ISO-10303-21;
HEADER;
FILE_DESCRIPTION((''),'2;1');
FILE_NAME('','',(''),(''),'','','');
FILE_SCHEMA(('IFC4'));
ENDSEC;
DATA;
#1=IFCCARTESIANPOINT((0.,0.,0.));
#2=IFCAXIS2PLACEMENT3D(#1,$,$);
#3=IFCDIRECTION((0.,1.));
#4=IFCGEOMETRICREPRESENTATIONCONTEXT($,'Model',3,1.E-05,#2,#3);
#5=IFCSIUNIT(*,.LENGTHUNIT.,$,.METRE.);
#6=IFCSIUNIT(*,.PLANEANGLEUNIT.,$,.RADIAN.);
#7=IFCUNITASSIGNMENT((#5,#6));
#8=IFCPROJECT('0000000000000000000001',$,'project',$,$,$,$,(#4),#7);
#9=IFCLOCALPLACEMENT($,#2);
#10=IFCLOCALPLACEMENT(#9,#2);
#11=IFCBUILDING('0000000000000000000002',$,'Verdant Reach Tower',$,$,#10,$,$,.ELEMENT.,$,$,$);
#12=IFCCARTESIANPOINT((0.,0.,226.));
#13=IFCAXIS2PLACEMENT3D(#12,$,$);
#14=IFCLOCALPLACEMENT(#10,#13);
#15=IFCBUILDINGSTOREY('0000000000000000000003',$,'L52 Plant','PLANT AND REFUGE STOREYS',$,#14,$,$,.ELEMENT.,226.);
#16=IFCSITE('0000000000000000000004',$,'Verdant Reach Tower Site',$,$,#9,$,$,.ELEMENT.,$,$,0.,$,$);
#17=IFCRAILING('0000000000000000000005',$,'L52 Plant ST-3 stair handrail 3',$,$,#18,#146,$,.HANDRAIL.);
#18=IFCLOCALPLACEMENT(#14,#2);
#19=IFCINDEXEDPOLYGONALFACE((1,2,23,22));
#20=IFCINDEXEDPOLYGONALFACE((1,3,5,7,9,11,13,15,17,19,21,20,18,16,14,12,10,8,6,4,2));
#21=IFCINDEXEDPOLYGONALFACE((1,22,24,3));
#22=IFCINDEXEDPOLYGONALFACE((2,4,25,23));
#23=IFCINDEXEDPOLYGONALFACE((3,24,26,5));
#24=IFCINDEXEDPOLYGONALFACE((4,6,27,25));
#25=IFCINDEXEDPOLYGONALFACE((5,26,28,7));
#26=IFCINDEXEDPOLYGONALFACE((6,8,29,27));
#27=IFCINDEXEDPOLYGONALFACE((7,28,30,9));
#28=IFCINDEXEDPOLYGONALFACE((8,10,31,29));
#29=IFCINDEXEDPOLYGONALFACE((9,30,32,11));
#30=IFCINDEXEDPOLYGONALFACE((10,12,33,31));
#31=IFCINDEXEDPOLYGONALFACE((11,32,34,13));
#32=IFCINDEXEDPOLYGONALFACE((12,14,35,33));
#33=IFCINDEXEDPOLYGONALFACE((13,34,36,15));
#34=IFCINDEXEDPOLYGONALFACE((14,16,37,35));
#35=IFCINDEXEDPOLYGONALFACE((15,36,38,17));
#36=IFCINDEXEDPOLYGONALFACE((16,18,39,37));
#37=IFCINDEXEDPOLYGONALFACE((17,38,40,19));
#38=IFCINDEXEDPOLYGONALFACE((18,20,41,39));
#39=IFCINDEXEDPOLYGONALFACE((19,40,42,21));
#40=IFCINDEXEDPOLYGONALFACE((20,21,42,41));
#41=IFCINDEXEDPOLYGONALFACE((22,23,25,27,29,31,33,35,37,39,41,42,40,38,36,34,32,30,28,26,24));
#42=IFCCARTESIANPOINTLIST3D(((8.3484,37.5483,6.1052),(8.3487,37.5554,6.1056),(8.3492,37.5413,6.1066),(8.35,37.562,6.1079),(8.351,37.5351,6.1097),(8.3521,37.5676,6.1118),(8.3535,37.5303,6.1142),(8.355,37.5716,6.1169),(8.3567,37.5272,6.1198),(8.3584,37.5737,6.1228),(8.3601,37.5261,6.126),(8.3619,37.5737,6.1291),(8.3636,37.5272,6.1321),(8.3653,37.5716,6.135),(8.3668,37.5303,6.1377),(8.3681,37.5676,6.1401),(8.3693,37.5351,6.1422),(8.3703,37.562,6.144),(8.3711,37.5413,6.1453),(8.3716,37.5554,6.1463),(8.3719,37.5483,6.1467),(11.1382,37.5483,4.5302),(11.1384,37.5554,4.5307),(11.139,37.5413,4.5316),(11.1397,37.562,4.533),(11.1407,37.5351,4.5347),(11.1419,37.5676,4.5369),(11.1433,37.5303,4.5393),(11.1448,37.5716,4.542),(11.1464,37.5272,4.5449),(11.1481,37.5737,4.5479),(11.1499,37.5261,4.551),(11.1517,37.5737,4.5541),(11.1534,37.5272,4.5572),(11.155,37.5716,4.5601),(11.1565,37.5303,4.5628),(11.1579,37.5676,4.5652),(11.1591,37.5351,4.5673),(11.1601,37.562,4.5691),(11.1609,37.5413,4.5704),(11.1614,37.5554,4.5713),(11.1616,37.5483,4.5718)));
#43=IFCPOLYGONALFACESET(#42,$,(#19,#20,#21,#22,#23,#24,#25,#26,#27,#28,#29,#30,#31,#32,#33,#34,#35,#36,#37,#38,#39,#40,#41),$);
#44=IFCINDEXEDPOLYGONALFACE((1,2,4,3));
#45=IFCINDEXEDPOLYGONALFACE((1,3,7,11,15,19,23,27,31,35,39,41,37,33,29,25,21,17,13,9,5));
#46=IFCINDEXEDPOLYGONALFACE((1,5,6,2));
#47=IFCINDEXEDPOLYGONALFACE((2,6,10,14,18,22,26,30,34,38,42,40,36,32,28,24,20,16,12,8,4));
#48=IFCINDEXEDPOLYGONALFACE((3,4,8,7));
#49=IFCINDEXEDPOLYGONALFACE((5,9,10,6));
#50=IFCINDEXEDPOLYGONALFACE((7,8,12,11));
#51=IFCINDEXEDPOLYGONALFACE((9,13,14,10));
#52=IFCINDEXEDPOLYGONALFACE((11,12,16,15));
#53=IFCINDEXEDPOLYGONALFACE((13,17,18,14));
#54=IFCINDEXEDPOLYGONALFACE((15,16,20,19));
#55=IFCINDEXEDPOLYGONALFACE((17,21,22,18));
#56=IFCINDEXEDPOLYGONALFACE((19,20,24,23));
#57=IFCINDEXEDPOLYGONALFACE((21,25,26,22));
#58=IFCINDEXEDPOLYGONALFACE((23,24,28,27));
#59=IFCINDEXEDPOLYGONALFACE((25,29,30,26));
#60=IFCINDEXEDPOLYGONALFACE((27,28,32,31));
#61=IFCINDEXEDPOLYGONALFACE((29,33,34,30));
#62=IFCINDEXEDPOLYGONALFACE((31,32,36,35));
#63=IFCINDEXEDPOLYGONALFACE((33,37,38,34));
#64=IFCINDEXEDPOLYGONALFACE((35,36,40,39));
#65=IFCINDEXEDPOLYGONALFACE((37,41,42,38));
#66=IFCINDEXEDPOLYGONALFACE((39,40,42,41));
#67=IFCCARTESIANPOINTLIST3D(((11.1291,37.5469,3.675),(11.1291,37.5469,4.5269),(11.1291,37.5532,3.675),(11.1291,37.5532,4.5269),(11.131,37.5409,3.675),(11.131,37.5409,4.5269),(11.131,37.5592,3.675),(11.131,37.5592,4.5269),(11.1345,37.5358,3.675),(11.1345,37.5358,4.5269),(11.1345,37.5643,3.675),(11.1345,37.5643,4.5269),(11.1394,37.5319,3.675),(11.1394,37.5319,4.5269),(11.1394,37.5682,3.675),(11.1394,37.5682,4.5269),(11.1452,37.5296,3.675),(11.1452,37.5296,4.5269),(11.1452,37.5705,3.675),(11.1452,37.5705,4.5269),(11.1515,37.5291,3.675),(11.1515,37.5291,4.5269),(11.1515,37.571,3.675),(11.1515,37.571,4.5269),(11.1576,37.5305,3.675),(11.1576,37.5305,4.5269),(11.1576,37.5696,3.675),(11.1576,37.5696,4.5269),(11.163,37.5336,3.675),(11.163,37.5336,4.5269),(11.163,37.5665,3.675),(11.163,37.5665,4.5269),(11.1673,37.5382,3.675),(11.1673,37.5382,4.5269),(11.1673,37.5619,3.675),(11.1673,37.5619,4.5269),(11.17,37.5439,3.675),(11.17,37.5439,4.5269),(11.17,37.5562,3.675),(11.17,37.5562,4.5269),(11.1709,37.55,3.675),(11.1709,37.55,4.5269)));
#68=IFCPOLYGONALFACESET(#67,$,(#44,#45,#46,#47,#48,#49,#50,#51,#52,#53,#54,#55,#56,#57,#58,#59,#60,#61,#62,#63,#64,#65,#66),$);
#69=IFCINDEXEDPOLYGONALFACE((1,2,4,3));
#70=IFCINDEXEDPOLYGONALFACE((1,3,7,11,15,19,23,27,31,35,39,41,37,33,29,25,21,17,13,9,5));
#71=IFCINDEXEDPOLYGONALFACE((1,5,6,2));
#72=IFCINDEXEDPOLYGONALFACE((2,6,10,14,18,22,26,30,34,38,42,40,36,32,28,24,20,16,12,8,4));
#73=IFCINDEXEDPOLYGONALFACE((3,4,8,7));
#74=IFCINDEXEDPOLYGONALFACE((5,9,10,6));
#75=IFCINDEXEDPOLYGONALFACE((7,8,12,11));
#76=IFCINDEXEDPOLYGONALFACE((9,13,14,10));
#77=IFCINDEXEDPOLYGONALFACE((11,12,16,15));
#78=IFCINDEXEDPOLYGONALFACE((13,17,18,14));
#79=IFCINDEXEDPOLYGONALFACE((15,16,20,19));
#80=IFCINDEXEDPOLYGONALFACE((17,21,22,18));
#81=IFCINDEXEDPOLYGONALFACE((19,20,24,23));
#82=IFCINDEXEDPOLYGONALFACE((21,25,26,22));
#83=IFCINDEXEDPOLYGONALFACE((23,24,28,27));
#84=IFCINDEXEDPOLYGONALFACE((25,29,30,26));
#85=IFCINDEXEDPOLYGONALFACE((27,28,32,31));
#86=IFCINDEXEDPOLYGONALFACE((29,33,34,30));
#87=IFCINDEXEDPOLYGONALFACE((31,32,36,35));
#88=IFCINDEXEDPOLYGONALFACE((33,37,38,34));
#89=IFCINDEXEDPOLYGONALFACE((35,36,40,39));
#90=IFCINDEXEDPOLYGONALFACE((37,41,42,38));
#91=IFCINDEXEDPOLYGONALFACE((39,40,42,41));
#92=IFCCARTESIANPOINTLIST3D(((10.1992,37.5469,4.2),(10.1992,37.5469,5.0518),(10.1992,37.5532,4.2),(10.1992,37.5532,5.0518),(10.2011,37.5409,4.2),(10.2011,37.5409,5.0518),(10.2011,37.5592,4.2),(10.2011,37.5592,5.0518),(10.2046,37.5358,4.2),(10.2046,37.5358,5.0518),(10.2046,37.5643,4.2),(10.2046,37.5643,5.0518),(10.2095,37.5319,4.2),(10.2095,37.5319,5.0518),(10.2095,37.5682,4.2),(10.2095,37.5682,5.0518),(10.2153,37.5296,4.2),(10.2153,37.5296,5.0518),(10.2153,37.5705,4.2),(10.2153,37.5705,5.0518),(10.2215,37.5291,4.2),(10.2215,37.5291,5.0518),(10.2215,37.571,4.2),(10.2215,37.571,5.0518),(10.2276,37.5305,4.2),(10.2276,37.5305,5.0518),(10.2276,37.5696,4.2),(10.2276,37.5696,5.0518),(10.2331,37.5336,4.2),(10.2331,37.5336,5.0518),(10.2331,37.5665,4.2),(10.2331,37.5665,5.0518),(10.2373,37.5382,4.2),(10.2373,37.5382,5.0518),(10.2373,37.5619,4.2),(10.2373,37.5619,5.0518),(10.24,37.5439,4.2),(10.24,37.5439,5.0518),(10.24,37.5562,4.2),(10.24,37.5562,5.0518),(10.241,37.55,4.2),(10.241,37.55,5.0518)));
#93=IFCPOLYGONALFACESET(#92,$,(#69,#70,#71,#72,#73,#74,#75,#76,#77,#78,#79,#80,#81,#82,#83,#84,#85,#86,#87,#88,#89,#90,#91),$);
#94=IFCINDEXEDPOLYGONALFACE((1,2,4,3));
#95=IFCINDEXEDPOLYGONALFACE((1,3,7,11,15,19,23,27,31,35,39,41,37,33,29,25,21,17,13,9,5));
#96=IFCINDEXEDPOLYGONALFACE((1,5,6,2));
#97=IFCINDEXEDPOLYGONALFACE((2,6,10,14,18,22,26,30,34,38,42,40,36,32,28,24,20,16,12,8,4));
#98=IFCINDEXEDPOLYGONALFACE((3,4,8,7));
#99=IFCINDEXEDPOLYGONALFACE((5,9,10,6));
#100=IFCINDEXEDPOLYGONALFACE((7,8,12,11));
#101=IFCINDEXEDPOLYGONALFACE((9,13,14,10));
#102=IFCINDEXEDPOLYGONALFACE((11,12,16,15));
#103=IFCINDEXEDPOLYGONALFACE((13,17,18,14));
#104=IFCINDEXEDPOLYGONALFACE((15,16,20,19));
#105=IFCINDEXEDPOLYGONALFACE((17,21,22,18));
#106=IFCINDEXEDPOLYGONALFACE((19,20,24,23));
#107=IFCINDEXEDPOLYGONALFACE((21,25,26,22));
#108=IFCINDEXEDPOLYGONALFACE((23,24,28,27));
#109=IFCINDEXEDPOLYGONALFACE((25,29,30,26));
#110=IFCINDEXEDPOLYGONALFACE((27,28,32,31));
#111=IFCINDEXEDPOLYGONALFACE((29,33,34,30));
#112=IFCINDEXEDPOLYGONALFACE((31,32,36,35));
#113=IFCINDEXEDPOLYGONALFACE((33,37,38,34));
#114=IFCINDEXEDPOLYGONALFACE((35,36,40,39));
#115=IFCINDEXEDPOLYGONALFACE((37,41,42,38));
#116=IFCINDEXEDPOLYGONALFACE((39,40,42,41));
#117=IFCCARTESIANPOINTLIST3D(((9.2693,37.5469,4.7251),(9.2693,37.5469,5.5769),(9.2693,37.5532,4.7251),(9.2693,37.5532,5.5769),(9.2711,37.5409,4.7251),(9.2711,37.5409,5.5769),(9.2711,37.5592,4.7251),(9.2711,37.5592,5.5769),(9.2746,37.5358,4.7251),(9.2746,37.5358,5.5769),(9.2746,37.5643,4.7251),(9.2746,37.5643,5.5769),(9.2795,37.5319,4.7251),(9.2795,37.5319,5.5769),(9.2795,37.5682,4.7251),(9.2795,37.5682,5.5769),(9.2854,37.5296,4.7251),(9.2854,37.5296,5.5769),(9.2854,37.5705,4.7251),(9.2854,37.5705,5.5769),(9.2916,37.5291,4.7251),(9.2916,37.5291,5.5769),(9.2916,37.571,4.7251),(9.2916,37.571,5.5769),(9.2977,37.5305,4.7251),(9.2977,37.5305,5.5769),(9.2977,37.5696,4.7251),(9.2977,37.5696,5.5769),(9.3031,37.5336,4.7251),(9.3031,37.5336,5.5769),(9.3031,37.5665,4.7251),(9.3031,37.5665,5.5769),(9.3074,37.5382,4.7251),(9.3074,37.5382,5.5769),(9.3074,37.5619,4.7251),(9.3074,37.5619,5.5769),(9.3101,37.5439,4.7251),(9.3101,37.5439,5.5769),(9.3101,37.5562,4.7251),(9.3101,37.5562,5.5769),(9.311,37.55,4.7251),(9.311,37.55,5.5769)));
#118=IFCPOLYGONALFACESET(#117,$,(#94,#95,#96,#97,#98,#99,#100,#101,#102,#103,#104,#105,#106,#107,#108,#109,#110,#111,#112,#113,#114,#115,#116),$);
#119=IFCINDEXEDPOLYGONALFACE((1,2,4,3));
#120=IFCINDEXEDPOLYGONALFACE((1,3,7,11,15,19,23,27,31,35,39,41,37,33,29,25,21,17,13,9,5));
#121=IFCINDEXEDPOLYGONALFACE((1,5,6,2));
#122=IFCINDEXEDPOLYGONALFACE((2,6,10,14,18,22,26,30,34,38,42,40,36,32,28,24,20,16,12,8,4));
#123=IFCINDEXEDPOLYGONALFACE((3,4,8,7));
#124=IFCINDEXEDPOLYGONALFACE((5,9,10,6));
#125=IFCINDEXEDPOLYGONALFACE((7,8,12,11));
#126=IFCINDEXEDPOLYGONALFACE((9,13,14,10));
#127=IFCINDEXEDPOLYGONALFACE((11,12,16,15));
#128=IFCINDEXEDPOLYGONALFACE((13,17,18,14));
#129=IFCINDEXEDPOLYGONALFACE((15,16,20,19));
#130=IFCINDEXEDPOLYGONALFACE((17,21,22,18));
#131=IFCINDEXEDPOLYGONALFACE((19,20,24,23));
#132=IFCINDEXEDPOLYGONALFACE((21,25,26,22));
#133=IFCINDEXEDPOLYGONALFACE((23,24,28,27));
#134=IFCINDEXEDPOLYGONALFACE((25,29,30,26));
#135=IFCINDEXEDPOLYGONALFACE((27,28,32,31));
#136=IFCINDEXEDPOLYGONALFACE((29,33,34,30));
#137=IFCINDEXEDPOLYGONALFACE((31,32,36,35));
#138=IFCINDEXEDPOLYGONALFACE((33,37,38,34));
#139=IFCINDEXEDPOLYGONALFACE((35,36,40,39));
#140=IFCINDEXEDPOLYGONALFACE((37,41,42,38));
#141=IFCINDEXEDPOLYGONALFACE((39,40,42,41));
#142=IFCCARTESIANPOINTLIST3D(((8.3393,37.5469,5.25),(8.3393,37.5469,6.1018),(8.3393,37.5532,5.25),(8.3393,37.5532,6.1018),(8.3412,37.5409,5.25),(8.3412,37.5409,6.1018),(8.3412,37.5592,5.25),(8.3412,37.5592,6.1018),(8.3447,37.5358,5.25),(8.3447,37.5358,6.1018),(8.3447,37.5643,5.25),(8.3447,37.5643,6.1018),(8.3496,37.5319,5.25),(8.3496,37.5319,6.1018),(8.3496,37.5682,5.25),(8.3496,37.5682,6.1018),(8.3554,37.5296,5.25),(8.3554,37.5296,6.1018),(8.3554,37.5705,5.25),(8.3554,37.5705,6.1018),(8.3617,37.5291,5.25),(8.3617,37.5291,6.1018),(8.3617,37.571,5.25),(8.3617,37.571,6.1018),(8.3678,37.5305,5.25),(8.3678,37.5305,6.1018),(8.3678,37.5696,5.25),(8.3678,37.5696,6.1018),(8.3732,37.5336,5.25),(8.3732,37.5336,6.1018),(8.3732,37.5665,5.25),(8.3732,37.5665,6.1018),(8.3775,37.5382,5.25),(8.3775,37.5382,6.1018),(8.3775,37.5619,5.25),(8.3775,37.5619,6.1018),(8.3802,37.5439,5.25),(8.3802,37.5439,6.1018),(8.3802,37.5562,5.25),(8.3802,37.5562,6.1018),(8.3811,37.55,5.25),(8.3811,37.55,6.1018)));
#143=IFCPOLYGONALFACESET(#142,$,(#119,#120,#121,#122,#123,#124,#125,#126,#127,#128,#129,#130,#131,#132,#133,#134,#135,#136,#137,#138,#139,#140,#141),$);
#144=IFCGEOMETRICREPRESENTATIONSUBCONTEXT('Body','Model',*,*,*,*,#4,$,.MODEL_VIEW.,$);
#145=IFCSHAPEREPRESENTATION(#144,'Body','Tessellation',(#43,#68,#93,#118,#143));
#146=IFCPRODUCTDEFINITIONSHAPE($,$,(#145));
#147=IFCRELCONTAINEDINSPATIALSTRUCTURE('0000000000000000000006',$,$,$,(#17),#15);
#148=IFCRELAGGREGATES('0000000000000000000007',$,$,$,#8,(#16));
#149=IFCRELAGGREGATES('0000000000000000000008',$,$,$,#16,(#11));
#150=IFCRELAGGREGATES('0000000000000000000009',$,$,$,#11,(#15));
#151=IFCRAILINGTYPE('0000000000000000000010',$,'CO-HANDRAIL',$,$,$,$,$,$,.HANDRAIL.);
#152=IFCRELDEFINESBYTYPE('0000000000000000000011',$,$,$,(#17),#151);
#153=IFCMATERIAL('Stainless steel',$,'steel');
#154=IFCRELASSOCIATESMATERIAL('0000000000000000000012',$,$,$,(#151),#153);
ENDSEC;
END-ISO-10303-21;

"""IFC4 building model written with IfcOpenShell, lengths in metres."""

from ifc_helpers import new_model, si_unit, direction, frame, origin, origin_2d, place, context, subcontext, project, spatial, circle, extrude, material, type_object, element, save


model = new_model("IFC4")

# Units and contexts
model_context = context("Model", 3, precision=1e-05, world=origin(), true_north=direction((0.0, 1.0)))
body_context = subcontext(model_context, "Body", "Model", "MODEL_VIEW")
ifc_project = project(units=[si_unit("LENGTHUNIT", "METRE"), si_unit("PLANEANGLEUNIT", "RADIAN")], contexts=[model_context])

# Site, building, storey
site_placement = place(None, origin())
site = spatial("IfcSite", under=ifc_project, at=site_placement, Name="Verdant Reach Tower Site", CompositionType="ELEMENT", RefElevation=0.0)
building_placement = place(site_placement, origin())
building = spatial("IfcBuilding", under=site, at=building_placement, Name="Verdant Reach Tower", CompositionType="ELEMENT")
storey_placement = place(building_placement, frame((0.0, 0.0, 226.0)))
storey = spatial("IfcBuildingStorey", under=building, at=storey_placement, Name="L52 Plant", Description="PLANT AND REFUGE STOREYS", CompositionType="ELEMENT", Elevation=226.0)

# Railing
ifc_material_1 = material(Name="Stainless steel", Category="steel")
railing_type = type_object("IfcRailingType", Name="CO-HANDRAIL", PredefinedType="HANDRAIL", material=ifc_material_1)
for number, where, name in (
    (1, (11.1499, 37.55, 3.675), "L52 Plant ST-3 stair handrail 3"),
):
    element("IfcRailing", number, at=place(storey_placement, frame(where)), inside=storey, type_object=railing_type, Name=name, PredefinedType="HANDRAIL", context=body_context, shape_type="SweptSolid", body=[
        extrude(circle(Radius=0.0239, at=origin_2d()), frame((0.0, 0.0, 0.876), z_axis=(-0.870815, 0.0, 0.49161), x_axis=(0.0, -1.0, 0.0)), (0.0, 0.0, 1.0), 3.2036),
        extrude(circle(Radius=0.021, at=origin_2d()), origin(), (0.0, 0.0, 1.0), 0.8518),
        extrude(circle(Radius=0.021, at=origin_2d()), frame((-0.9299, 0.0, 0.5249)), (0.0, 0.0, 1.0), 0.8518),
        extrude(circle(Radius=0.021, at=origin_2d()), frame((-1.8599, 0.0, 1.05)), (0.0, 0.0, 1.0), 0.8518),
        extrude(circle(Radius=0.021, at=origin_2d()), frame((-2.7898, 0.0, 1.575)), (0.0, 0.0, 1.0), 0.8518),
    ])

save(model, "model.ifc")
